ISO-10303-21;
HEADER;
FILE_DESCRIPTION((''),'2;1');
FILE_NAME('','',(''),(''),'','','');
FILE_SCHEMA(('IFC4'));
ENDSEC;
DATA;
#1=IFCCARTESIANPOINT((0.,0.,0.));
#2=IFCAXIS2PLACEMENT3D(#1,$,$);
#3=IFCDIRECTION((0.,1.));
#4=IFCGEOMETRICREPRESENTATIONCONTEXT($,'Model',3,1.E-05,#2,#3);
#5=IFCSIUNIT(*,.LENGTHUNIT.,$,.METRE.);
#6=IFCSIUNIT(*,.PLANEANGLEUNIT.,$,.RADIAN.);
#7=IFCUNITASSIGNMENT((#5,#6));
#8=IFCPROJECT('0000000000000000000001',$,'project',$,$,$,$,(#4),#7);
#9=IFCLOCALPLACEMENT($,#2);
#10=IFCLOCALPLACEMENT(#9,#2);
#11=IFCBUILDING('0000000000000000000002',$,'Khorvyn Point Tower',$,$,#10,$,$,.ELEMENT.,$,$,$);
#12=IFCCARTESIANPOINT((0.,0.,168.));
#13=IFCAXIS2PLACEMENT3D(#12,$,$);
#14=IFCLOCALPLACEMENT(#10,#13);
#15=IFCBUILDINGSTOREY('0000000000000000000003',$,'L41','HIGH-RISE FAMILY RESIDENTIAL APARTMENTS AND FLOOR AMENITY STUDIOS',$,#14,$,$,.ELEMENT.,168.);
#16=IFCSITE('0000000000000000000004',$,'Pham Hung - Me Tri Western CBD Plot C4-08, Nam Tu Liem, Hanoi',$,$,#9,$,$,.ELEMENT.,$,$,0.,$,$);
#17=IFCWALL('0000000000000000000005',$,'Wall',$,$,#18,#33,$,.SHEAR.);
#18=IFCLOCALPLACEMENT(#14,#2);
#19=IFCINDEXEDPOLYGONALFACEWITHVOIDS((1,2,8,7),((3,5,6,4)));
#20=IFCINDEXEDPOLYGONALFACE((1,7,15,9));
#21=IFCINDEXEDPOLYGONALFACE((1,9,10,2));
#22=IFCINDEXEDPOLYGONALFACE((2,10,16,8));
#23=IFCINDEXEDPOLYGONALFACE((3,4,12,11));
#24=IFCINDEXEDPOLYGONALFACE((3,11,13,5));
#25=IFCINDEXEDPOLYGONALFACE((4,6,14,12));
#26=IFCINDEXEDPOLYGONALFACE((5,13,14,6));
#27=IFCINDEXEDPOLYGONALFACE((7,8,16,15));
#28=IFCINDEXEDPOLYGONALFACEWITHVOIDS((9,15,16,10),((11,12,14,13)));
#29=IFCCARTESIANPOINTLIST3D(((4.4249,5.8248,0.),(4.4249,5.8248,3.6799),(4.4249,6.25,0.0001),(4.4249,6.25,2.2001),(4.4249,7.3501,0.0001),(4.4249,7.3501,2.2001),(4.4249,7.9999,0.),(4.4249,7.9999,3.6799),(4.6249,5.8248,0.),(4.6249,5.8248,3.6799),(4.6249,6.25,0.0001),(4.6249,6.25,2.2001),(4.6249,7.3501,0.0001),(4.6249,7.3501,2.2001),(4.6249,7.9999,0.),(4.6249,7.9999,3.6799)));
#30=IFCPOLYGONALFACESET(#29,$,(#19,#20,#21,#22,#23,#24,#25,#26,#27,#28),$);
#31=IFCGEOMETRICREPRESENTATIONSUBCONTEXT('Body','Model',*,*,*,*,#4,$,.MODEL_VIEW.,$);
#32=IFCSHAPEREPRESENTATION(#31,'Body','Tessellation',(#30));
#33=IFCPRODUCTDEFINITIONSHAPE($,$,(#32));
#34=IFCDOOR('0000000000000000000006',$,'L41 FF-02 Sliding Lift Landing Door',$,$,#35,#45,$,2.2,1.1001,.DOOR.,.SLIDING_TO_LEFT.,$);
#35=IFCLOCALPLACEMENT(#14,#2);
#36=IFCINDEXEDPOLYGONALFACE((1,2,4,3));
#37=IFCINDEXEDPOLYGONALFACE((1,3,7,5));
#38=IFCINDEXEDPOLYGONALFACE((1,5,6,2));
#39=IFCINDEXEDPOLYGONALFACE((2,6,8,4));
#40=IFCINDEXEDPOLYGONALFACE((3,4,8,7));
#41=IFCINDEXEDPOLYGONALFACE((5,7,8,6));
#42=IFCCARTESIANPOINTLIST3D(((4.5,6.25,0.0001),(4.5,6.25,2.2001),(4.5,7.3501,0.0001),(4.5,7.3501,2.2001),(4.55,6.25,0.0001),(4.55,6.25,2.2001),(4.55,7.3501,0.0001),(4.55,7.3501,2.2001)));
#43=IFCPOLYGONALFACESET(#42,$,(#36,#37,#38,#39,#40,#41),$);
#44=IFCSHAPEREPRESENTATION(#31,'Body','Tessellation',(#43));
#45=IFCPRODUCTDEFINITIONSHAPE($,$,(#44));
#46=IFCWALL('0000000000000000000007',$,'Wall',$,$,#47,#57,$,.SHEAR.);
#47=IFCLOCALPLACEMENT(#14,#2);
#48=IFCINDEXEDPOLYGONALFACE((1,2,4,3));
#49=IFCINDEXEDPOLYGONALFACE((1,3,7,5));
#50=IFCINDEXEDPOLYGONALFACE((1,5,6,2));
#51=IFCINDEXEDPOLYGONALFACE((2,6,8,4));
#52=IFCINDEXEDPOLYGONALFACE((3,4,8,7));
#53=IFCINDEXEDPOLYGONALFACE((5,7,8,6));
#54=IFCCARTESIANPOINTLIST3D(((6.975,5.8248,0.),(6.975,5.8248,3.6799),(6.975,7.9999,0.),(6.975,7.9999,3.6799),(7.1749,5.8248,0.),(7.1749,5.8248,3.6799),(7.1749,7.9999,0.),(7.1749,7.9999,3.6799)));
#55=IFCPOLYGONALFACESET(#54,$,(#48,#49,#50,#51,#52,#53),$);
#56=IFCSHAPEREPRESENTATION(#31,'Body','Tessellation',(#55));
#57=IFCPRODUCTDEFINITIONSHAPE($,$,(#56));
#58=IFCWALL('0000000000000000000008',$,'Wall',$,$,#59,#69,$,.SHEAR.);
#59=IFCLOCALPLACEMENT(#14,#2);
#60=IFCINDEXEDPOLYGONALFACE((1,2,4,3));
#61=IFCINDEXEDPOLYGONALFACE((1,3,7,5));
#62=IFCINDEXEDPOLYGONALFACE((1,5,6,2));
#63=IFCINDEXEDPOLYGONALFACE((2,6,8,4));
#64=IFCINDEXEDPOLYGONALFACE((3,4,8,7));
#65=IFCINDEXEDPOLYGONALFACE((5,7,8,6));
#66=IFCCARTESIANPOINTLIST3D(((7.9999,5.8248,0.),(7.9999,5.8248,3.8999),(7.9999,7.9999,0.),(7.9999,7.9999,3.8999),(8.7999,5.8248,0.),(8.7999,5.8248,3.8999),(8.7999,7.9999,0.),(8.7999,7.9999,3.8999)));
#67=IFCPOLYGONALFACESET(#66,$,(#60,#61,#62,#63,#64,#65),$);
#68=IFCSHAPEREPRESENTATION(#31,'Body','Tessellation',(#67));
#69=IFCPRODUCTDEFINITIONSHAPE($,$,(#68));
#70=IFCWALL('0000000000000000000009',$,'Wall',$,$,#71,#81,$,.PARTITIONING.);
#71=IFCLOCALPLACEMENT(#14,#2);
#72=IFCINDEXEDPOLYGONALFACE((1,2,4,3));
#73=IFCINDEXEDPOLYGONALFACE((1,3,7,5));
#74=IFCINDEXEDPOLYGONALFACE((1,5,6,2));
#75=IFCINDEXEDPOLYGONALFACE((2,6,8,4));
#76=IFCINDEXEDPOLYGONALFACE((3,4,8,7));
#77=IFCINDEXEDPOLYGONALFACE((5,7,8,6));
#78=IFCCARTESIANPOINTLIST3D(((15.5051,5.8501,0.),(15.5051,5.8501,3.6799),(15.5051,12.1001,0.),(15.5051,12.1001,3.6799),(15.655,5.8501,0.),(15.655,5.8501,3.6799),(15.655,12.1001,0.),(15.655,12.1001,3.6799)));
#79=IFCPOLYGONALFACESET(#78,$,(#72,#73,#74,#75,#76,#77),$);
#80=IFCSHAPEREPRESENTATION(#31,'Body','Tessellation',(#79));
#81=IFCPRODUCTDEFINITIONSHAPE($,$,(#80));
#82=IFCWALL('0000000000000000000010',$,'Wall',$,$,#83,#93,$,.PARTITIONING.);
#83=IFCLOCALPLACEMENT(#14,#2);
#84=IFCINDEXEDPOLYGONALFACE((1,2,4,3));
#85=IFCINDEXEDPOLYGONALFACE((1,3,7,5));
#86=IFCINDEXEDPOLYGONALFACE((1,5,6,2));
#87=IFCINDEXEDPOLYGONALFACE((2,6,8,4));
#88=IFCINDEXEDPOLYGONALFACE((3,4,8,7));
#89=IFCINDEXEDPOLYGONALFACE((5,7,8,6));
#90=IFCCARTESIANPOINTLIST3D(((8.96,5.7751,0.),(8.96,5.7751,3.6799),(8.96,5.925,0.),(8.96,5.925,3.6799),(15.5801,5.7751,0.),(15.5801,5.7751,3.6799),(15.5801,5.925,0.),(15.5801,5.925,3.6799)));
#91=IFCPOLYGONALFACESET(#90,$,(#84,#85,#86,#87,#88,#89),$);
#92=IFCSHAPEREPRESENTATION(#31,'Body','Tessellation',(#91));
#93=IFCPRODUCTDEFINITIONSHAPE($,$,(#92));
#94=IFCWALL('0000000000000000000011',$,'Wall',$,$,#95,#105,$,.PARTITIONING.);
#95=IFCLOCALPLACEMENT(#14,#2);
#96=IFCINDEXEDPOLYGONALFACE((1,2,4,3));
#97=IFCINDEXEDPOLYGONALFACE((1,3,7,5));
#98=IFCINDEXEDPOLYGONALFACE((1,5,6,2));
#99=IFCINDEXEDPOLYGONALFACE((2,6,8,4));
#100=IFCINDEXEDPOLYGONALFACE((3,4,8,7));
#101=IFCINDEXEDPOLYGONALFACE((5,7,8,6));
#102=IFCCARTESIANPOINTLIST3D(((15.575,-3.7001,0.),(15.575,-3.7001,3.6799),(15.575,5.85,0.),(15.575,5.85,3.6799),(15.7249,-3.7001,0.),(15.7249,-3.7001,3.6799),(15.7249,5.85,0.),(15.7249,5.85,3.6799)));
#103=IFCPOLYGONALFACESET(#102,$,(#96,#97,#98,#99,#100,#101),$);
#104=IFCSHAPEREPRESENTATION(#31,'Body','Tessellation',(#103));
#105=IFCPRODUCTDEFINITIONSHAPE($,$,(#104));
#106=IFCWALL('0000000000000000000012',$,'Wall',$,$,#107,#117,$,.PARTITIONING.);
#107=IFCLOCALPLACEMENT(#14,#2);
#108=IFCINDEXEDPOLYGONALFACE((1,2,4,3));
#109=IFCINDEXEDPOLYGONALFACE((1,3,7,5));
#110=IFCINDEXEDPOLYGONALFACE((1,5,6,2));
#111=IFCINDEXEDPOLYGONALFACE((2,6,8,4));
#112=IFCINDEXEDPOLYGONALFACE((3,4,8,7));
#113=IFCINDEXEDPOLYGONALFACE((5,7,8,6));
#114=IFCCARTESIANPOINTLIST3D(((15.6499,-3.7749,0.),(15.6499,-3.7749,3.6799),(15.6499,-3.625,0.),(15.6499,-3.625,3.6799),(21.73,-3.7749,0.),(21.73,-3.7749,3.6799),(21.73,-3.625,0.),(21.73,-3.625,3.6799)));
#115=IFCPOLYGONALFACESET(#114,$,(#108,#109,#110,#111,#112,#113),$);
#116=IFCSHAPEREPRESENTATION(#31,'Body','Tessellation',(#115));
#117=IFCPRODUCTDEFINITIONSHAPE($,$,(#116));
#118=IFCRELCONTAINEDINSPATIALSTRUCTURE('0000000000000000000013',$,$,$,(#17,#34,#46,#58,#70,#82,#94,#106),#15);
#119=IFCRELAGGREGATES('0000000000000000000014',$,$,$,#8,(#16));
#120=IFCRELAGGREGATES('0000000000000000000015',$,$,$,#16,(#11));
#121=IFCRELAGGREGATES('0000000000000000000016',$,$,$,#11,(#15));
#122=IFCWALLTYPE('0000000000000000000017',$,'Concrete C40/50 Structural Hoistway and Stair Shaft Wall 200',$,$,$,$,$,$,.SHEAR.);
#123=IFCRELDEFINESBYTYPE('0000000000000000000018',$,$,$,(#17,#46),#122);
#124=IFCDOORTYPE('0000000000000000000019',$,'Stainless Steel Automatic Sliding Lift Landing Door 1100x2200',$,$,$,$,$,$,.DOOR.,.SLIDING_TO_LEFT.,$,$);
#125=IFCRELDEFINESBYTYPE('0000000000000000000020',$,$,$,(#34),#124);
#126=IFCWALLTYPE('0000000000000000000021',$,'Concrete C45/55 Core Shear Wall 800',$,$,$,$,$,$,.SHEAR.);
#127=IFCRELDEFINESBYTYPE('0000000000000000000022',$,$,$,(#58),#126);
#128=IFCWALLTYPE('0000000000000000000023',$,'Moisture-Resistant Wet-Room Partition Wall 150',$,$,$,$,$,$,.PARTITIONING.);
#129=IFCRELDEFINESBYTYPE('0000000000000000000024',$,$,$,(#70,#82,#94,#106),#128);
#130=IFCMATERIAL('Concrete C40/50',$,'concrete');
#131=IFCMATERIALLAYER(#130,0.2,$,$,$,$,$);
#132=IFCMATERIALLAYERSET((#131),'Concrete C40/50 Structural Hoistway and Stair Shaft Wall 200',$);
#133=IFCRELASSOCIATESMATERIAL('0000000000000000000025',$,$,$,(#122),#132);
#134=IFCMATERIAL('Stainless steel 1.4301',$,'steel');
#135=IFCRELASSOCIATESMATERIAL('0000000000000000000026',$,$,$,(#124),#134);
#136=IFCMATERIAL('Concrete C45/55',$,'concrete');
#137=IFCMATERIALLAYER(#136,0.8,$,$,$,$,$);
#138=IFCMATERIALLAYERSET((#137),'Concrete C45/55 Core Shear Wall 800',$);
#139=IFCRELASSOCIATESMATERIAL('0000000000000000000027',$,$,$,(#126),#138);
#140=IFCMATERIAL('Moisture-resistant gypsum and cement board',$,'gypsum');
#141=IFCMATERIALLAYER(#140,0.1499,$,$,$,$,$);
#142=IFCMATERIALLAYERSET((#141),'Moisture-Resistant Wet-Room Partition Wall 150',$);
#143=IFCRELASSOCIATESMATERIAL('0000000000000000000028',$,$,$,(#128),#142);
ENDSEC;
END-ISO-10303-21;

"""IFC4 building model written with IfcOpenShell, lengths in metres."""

from ifc_helpers import new_model, si_unit, direction, frame, frame_2d, origin, place, context, subcontext, project, spatial, rectangle, extrude, material, layer, layer_set, type_object, element, fill, save


model = new_model("IFC4")

# Units and contexts
model_context = context("Model", 3, precision=1e-05, world=origin(), true_north=direction((0.0, 1.0)))
body_context = subcontext(model_context, "Body", "Model", "MODEL_VIEW")
ifc_project = project(units=[si_unit("LENGTHUNIT", "METRE"), si_unit("PLANEANGLEUNIT", "RADIAN")], contexts=[model_context])

# Site, building, storey
site_placement = place(None, origin())
site = spatial("IfcSite", under=ifc_project, at=site_placement, Name="Pham Hung - Me Tri Western CBD Plot C4-08, Nam Tu Liem, Hanoi", CompositionType="ELEMENT", RefElevation=0.0)
building_placement = place(site_placement, origin())
building = spatial("IfcBuilding", under=site, at=building_placement, Name="Khorvyn Point Tower", CompositionType="ELEMENT")
storey_placement = place(building_placement, frame((0.0, 0.0, 168.0)))
storey = spatial("IfcBuildingStorey", under=building, at=storey_placement, Name="L41", Description="HIGH-RISE FAMILY RESIDENTIAL APARTMENTS AND FLOOR AMENITY STUDIOS", CompositionType="ELEMENT", Elevation=168.0)

# Shared definitions
ifc_material_1 = material(Name="Concrete C45/55", Category="concrete")

# Shared definitions
ifc_material_2 = material(Name="Concrete C40/50", Category="concrete")

# Wall, opening, door
ifc_layer_1 = layer(ifc_material_2, 0.2)
ifc_layer_set_1 = layer_set([ifc_layer_1], Name="Concrete C40/50 Structural Hoistway and Stair Shaft Wall 200")
wall_type_1 = type_object("IfcWallType", Name="Concrete C40/50 Structural Hoistway and Stair Shaft Wall 200", PredefinedType="SHEAR", material=ifc_layer_set_1)
wall_1_placement = place(storey_placement, frame((4.5249, 5.825, 0.0), z_axis=(0.0, 0.0, 1.0), x_axis=(0.0, 1.0, 0.0)))
wall_1 = element("IfcWall", 1, at=wall_1_placement, inside=storey, type_object=wall_type_1, Name="Wall", PredefinedType="SHEAR", context=body_context, shape_type="SweptSolid", body=[
    extrude(rectangle(XDim=2.175, YDim=0.2, at=frame_2d((1.0874, 0.0))), origin(), (0.0, 0.0, 1.0), 3.6799),
])
opening_1_placement = place(wall_1_placement, frame((0.425, 0.0, 0.0)))
opening_1 = element("IfcOpeningElement", 2, at=opening_1_placement, cuts=wall_1, PredefinedType="OPENING", context=body_context, shape_type="SweptSolid", body=[
    extrude(rectangle(XDim=1.1001, YDim=2.2, at=frame_2d((0.55, 1.1001))), frame((0.0, 0.1099, 0.0), z_axis=(0.0, -1.0, 0.0), x_axis=(1.0, 0.0, 0.0)), (0.0, 0.0, 1.0), 0.22),
])
ifc_material_3 = material(Name="Stainless steel 1.4301", Category="steel")
door_type_1 = type_object("IfcDoorType", Name="Stainless Steel Automatic Sliding Lift Landing Door 1100x2200", OperationType="SLIDING_TO_LEFT", PredefinedType="DOOR", material=ifc_material_3)
door_1_placement = place(opening_1_placement, origin())
door_1 = element("IfcDoor", 3, at=door_1_placement, inside=storey, type_object=door_type_1, Name="L41 FF-02 Sliding Lift Landing Door", OperationType="SLIDING_TO_LEFT", OverallHeight=2.2, OverallWidth=1.1001, PredefinedType="DOOR", context=body_context, shape_type="SweptSolid", body=[
    extrude(rectangle(XDim=1.1001, YDim=2.2, at=frame_2d((0.55, 1.1001))), frame((0.0, 0.0249, 0.0), z_axis=(0.0, -1.0, 0.0), x_axis=(1.0, 0.0, 0.0)), (0.0, 0.0, 1.0), 0.05),
])
fill(opening_1, door_1)

# Walls
wall_2_placement = place(storey_placement, frame((7.075, 5.825, 0.0), z_axis=(0.0, 0.0, 1.0), x_axis=(0.0, 1.0, 0.0)))
element("IfcWall", 4, at=wall_2_placement, inside=storey, type_object=wall_type_1, Name="Wall", PredefinedType="SHEAR", context=body_context, shape_type="SweptSolid", body=[
    extrude(rectangle(XDim=2.175, YDim=0.2, at=frame_2d((1.0874, 0.0))), origin(), (0.0, 0.0, 1.0), 3.6799),
])
ifc_layer_2 = layer(ifc_material_1, 0.8)
ifc_layer_set_2 = layer_set([ifc_layer_2], Name="Concrete C45/55 Core Shear Wall 800")
wall_type_2 = type_object("IfcWallType", Name="Concrete C45/55 Core Shear Wall 800", PredefinedType="SHEAR", material=ifc_layer_set_2)
wall_3_placement = place(storey_placement, frame((8.3999, 5.825, 0.0), z_axis=(0.0, 0.0, 1.0), x_axis=(0.0, 1.0, 0.0)))
element("IfcWall", 5, at=wall_3_placement, inside=storey, type_object=wall_type_2, Name="Wall", PredefinedType="SHEAR", context=body_context, shape_type="SweptSolid", body=[
    extrude(rectangle(XDim=2.175, YDim=0.8, at=frame_2d((1.0874, 0.0))), origin(), (0.0, 0.0, 1.0), 3.8999),
])
ifc_material_4 = material(Name="Moisture-resistant gypsum and cement board", Category="gypsum")
ifc_layer_3 = layer(ifc_material_4, 0.1499)
ifc_layer_set_3 = layer_set([ifc_layer_3], Name="Moisture-Resistant Wet-Room Partition Wall 150")
wall_type_3 = type_object("IfcWallType", Name="Moisture-Resistant Wet-Room Partition Wall 150", PredefinedType="PARTITIONING", material=ifc_layer_set_3)
wall_4_placement = place(storey_placement, frame((15.5801, 5.8501, 0.0), z_axis=(0.0, 0.0, 1.0), x_axis=(0.0, 1.0, 0.0)))
element("IfcWall", 6, at=wall_4_placement, inside=storey, type_object=wall_type_3, Name="Wall", PredefinedType="PARTITIONING", context=body_context, shape_type="SweptSolid", body=[
    extrude(rectangle(XDim=6.25, YDim=0.1499, at=frame_2d((3.125, 0.0))), origin(), (0.0, 0.0, 1.0), 3.6799),
])
wall_5_placement = place(storey_placement, frame((8.96, 5.8501, 0.0), z_axis=(0.0, 0.0, 1.0), x_axis=(1.0, 0.0, 0.0)))
element("IfcWall", 7, at=wall_5_placement, inside=storey, type_object=wall_type_3, Name="Wall", PredefinedType="PARTITIONING", context=body_context, shape_type="SweptSolid", body=[
    extrude(rectangle(XDim=6.6201, YDim=0.1499, at=frame_2d((3.3101, 0.0))), origin(), (0.0, 0.0, 1.0), 3.6799),
])
wall_6_placement = place(storey_placement, frame((15.6499, -3.7, 0.0), z_axis=(0.0, 0.0, 1.0), x_axis=(0.0, 1.0, 0.0)))
element("IfcWall", 8, at=wall_6_placement, inside=storey, type_object=wall_type_3, Name="Wall", PredefinedType="PARTITIONING", context=body_context, shape_type="SweptSolid", body=[
    extrude(rectangle(XDim=9.55, YDim=0.1499, at=frame_2d((4.7749, 0.0))), origin(), (0.0, 0.0, 1.0), 3.6799),
])
wall_7_placement = place(storey_placement, frame((15.6499, -3.7, 0.0), z_axis=(0.0, 0.0, 1.0), x_axis=(1.0, 0.0, 0.0)))
element("IfcWall", 9, at=wall_7_placement, inside=storey, type_object=wall_type_3, Name="Wall", PredefinedType="PARTITIONING", context=body_context, shape_type="SweptSolid", body=[
    extrude(rectangle(XDim=6.0801, YDim=0.1499, at=frame_2d((3.04, 0.0))), origin(), (0.0, 0.0, 1.0), 3.6799),
])

save(model, "model.ifc")
